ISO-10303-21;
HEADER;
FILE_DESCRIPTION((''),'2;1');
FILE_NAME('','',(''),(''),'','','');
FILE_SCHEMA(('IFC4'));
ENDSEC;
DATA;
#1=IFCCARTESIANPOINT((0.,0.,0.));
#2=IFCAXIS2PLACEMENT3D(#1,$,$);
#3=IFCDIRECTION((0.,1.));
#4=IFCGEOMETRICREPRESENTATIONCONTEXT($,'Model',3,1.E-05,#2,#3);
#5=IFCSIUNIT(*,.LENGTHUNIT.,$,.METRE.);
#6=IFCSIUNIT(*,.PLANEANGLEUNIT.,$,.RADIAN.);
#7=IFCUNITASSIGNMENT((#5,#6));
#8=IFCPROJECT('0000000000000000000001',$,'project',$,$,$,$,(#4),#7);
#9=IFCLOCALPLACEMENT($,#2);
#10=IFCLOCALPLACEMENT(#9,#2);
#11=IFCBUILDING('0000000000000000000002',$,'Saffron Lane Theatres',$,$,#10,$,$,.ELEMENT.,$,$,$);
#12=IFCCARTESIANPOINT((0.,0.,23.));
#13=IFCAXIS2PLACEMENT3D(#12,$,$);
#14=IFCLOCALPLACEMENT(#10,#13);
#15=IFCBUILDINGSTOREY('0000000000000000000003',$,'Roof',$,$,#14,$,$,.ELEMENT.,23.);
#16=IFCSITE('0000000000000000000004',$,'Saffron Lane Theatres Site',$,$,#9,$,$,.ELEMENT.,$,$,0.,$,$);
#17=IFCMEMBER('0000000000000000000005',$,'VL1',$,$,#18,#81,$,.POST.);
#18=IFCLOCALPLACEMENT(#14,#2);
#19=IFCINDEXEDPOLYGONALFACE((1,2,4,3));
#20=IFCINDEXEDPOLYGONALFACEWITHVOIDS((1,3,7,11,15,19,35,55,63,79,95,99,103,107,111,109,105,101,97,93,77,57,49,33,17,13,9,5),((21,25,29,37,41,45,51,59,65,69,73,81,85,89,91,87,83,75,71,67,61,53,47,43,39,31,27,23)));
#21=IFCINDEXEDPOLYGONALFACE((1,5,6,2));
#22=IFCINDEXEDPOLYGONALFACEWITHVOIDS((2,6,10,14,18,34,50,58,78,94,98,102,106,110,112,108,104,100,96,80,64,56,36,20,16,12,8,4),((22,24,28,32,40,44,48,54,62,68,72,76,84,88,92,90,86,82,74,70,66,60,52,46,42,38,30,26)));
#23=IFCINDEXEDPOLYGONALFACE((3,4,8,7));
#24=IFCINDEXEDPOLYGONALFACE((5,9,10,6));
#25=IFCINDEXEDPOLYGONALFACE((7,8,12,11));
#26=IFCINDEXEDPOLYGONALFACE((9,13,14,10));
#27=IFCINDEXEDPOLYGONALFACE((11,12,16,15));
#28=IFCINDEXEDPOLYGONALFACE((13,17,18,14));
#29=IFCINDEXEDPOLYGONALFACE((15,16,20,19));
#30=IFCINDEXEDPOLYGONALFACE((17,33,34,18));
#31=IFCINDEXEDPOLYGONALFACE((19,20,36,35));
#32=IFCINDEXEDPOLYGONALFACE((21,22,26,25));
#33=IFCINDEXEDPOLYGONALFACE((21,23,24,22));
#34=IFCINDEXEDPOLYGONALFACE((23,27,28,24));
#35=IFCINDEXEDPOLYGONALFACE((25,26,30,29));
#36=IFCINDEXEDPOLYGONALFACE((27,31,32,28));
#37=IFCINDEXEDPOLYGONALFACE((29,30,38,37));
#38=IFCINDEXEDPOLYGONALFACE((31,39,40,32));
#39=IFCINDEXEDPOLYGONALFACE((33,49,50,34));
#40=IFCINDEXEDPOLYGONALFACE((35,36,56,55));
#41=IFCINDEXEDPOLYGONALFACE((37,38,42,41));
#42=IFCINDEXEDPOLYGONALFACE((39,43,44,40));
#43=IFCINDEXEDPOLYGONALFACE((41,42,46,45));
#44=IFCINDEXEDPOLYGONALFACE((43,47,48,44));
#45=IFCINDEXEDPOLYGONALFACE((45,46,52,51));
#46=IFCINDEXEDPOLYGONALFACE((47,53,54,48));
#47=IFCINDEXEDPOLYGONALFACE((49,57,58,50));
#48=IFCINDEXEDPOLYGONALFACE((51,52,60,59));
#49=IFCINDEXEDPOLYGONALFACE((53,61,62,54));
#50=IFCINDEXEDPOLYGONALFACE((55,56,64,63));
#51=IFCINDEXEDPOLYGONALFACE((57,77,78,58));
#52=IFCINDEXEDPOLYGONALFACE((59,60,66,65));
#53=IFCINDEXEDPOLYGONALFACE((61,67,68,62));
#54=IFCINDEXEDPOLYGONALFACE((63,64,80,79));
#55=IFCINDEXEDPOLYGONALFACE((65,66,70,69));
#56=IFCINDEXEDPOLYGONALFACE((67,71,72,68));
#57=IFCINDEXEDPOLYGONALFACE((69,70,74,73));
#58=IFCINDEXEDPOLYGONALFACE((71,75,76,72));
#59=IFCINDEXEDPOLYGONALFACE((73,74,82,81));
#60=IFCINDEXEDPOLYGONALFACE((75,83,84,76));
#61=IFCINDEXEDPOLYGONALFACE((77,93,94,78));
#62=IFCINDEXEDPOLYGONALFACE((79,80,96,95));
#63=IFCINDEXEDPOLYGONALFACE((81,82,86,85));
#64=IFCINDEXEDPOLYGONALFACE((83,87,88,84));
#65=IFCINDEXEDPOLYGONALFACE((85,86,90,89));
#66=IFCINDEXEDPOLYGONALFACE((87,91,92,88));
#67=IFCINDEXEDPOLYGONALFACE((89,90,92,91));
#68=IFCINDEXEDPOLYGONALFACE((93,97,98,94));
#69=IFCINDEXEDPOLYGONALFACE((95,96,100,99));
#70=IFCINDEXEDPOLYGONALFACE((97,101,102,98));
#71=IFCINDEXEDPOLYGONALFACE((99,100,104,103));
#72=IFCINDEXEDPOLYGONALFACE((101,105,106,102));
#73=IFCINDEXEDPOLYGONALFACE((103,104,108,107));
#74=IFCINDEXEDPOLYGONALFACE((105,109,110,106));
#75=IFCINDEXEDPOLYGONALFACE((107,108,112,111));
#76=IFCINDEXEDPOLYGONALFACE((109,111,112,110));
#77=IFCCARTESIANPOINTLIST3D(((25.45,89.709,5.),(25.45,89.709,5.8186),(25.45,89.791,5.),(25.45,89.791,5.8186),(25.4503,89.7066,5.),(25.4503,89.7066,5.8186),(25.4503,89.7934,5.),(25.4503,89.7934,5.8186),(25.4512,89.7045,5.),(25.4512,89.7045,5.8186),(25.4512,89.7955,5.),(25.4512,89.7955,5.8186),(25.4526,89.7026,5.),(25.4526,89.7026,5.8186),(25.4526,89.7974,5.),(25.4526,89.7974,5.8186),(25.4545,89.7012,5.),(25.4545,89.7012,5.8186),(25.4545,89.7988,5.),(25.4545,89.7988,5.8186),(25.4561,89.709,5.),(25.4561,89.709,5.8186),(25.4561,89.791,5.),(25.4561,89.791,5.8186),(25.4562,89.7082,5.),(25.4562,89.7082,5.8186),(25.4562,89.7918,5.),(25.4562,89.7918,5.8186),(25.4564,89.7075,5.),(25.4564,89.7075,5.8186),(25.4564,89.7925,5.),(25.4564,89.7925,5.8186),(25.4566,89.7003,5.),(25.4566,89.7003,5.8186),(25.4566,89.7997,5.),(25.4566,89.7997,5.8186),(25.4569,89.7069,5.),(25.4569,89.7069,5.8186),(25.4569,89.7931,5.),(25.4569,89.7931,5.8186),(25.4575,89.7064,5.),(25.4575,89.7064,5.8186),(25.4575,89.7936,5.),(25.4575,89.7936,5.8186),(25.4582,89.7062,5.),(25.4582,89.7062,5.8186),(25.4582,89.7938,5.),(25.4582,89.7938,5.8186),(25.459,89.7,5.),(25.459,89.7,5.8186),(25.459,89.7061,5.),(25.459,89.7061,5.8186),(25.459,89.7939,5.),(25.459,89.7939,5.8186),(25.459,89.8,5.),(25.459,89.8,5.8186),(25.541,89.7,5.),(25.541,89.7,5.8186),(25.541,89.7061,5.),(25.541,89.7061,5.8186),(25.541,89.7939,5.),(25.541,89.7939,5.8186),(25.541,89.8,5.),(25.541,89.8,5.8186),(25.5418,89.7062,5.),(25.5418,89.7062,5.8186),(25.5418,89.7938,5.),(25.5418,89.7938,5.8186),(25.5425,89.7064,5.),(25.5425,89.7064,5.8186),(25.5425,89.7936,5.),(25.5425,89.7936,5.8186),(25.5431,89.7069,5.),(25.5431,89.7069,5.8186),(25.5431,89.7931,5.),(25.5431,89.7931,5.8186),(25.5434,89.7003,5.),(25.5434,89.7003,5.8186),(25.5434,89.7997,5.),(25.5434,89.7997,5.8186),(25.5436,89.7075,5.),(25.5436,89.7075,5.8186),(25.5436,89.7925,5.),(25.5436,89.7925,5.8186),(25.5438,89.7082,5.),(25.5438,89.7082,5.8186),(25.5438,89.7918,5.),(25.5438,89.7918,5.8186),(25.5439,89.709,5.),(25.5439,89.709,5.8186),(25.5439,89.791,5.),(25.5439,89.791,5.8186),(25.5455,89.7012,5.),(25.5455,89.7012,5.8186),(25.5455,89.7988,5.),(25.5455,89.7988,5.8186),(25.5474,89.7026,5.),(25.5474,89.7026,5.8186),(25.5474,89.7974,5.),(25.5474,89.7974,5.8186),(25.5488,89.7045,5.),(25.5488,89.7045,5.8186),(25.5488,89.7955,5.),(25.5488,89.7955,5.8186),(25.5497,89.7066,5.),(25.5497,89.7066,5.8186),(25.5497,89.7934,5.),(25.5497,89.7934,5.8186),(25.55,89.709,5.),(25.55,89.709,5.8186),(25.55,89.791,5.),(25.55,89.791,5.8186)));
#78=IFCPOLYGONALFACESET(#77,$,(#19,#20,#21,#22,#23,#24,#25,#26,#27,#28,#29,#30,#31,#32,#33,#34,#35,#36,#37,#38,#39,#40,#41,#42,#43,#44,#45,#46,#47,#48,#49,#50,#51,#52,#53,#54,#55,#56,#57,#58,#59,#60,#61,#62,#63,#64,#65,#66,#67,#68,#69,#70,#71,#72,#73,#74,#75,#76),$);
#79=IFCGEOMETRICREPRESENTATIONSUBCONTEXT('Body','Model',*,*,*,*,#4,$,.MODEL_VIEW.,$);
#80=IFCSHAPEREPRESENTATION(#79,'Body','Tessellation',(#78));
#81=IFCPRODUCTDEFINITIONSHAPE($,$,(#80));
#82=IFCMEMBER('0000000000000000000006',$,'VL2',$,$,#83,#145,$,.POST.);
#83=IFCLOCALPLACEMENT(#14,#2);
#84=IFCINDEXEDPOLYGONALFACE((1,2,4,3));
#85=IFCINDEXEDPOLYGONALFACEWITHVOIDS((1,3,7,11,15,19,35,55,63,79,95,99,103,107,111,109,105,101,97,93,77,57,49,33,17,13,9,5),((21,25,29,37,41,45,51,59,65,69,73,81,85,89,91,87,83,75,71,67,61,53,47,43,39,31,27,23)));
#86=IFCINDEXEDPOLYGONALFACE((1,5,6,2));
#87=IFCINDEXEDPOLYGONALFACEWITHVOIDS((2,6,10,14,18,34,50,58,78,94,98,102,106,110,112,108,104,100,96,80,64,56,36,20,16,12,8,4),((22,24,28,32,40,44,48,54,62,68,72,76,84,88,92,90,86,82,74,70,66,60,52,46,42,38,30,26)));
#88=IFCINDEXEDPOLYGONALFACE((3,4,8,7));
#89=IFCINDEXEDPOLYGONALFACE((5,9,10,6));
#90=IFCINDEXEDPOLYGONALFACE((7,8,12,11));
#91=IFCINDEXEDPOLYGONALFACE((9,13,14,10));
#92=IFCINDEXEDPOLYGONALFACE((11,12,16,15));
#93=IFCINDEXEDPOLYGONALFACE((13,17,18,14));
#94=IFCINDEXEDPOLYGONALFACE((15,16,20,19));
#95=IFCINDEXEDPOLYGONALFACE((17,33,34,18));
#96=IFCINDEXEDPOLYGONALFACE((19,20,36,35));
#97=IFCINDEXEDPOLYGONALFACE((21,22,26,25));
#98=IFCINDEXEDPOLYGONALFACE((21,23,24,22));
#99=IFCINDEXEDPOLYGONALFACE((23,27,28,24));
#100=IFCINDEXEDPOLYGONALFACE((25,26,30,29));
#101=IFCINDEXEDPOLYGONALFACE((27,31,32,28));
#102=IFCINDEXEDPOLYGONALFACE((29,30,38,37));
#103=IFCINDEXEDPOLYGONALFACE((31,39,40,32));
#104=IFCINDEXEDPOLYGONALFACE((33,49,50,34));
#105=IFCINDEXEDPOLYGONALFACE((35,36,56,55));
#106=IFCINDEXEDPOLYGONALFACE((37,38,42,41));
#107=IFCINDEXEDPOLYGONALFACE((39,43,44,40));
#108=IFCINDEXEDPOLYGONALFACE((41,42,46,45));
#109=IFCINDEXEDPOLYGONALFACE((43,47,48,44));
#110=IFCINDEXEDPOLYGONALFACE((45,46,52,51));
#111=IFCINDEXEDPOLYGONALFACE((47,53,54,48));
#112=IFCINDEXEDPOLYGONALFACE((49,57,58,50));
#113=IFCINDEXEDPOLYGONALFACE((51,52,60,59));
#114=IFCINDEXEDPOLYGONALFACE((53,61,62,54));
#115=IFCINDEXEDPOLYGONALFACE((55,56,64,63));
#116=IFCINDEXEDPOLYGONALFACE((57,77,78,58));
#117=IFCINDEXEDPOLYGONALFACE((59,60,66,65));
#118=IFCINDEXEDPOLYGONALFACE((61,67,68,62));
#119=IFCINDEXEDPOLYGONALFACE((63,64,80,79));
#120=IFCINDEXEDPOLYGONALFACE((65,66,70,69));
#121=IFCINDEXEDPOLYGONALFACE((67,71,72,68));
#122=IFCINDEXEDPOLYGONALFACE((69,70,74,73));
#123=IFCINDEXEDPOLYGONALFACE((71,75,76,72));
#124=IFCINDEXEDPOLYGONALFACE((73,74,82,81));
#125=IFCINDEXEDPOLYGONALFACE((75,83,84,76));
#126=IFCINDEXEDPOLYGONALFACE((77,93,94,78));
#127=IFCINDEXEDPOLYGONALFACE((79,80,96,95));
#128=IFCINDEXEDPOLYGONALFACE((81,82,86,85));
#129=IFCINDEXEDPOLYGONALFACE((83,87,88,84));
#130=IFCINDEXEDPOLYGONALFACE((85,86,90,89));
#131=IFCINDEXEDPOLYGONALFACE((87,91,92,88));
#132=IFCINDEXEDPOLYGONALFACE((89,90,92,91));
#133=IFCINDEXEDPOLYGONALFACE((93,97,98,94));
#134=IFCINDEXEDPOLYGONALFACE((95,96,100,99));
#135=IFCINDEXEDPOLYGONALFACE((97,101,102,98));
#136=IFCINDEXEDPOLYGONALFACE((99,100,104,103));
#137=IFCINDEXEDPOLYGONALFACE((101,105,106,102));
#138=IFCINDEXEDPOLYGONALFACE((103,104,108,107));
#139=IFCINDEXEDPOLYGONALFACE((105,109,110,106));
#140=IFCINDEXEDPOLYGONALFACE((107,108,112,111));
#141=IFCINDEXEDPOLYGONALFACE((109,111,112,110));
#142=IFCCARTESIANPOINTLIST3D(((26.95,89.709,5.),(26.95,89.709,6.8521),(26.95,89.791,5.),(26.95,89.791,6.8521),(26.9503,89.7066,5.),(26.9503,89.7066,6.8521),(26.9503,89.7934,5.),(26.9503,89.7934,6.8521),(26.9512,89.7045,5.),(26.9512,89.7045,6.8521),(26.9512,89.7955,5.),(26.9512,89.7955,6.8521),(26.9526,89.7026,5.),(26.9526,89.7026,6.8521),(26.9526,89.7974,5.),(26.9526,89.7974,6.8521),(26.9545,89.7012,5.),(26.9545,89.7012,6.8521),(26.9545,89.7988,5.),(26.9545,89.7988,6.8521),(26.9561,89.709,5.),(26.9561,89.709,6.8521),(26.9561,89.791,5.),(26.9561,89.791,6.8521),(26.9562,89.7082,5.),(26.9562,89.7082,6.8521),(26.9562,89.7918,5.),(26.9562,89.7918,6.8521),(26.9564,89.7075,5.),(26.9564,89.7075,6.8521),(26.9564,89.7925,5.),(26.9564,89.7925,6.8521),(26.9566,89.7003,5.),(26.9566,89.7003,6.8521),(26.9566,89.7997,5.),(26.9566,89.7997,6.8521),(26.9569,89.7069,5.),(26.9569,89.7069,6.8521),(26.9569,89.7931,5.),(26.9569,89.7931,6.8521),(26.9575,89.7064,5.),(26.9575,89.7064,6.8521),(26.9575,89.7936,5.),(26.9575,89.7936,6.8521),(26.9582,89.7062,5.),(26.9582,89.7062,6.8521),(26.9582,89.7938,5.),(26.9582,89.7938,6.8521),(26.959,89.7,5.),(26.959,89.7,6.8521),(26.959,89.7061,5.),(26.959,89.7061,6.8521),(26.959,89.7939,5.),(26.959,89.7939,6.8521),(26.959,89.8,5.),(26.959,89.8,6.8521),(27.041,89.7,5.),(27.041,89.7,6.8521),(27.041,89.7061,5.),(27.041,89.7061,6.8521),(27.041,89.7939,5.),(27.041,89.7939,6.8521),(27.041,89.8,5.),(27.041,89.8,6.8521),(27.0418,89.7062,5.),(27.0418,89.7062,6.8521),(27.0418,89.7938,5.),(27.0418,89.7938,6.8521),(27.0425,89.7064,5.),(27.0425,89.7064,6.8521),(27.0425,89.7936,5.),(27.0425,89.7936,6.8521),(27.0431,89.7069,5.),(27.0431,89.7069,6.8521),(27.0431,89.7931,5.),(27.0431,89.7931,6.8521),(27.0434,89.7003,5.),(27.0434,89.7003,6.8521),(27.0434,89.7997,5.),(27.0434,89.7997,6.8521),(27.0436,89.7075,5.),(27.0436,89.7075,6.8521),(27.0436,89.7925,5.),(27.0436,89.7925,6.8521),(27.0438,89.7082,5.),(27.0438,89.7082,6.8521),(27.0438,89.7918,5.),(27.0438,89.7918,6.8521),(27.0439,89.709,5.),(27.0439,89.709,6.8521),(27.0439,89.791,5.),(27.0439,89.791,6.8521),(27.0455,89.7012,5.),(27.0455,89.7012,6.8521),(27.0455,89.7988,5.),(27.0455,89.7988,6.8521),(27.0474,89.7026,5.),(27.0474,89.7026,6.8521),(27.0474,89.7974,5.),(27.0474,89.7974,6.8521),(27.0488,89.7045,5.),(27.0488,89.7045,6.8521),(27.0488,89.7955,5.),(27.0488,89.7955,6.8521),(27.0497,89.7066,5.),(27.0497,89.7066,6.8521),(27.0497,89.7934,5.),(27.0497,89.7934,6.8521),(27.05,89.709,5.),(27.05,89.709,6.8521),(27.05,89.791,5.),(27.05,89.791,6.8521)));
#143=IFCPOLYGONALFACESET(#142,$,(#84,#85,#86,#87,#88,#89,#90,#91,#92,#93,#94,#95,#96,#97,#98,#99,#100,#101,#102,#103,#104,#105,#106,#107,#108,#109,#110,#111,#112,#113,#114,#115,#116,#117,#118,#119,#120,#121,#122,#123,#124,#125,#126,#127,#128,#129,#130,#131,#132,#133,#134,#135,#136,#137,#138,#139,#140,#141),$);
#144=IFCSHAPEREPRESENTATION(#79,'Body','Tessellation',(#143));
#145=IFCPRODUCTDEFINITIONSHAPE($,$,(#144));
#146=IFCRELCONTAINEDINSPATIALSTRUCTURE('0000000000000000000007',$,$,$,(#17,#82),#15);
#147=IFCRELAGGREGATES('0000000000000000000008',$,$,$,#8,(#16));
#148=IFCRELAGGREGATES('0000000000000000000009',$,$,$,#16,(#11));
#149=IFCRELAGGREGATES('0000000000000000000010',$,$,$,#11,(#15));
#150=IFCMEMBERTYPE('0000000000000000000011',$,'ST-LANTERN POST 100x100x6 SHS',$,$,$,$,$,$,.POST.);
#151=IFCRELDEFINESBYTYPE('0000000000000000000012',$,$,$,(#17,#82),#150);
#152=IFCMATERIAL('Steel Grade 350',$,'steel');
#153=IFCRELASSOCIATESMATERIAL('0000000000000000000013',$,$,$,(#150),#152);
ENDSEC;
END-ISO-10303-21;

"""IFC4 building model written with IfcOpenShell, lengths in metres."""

from ifc_helpers import new_model, si_unit, direction, frame, origin, origin_2d, place, context, subcontext, project, spatial, hollow_rectangle, extrude, material, material_profile, profile_set, type_object, element, save


model = new_model("IFC4")

# Units and contexts
model_context = context("Model", 3, precision=1e-05, world=origin(), true_north=direction((0.0, 1.0)))
body_context = subcontext(model_context, "Body", "Model", "MODEL_VIEW")
ifc_project = project(units=[si_unit("LENGTHUNIT", "METRE"), si_unit("PLANEANGLEUNIT", "RADIAN")], contexts=[model_context])

# Site, building, storey
site_placement = place(None, origin())
site = spatial("IfcSite", under=ifc_project, at=site_placement, Name="Saffron Lane Theatres Site", CompositionType="ELEMENT", RefElevation=0.0)
building_placement = place(site_placement, origin())
building = spatial("IfcBuilding", under=site, at=building_placement, Name="Saffron Lane Theatres", CompositionType="ELEMENT")
storey_placement = place(building_placement, frame((0.0, 0.0, 23.0)))
storey = spatial("IfcBuildingStorey", under=building, at=storey_placement, Name="Roof", CompositionType="ELEMENT", Elevation=23.0)

# Members
ifc_material_1 = material(Name="Steel Grade 350", Category="steel")
ifc_material_profile_1 = material_profile(ifc_material_1, hollow_rectangle(XDim=0.1001, YDim=0.1001, WallThickness=0.0061, InnerFilletRadius=0.0029, OuterFilletRadius=0.009, at=origin_2d()))
ifc_profile_set_1 = profile_set([ifc_material_profile_1], Name="Steel Grade 350")
member_type_1 = type_object("IfcMemberType", Name="ST-LANTERN POST 100x100x6 SHS", PredefinedType="POST", material=ifc_profile_set_1)
member_1_placement = place(storey_placement, frame((25.5, 89.75, 5.0), z_axis=(0.0, 0.0, 1.0), x_axis=(1.0, 0.0, 0.0)))
element("IfcMember", 1, at=member_1_placement, inside=storey, type_object=member_type_1, Name="VL1", PredefinedType="POST", context=body_context, shape_type="SweptSolid", body=[
    extrude(hollow_rectangle(XDim=0.1001, YDim=0.1001, WallThickness=0.0061, InnerFilletRadius=0.0029, OuterFilletRadius=0.009, at=origin_2d()), origin(), (0.0, 0.0, 1.0), 0.8186),
])
member_2_placement = place(storey_placement, frame((27.0, 89.75, 5.0), z_axis=(0.0, 0.0, 1.0), x_axis=(1.0, 0.0, 0.0)))
element("IfcMember", 2, at=member_2_placement, inside=storey, type_object=member_type_1, Name="VL2", PredefinedType="POST", context=body_context, shape_type="SweptSolid", body=[
    extrude(hollow_rectangle(XDim=0.1001, YDim=0.1001, WallThickness=0.0061, InnerFilletRadius=0.0029, OuterFilletRadius=0.009, at=origin_2d()), origin(), (0.0, 0.0, 1.0), 1.8521),
])

save(model, "model.ifc")
